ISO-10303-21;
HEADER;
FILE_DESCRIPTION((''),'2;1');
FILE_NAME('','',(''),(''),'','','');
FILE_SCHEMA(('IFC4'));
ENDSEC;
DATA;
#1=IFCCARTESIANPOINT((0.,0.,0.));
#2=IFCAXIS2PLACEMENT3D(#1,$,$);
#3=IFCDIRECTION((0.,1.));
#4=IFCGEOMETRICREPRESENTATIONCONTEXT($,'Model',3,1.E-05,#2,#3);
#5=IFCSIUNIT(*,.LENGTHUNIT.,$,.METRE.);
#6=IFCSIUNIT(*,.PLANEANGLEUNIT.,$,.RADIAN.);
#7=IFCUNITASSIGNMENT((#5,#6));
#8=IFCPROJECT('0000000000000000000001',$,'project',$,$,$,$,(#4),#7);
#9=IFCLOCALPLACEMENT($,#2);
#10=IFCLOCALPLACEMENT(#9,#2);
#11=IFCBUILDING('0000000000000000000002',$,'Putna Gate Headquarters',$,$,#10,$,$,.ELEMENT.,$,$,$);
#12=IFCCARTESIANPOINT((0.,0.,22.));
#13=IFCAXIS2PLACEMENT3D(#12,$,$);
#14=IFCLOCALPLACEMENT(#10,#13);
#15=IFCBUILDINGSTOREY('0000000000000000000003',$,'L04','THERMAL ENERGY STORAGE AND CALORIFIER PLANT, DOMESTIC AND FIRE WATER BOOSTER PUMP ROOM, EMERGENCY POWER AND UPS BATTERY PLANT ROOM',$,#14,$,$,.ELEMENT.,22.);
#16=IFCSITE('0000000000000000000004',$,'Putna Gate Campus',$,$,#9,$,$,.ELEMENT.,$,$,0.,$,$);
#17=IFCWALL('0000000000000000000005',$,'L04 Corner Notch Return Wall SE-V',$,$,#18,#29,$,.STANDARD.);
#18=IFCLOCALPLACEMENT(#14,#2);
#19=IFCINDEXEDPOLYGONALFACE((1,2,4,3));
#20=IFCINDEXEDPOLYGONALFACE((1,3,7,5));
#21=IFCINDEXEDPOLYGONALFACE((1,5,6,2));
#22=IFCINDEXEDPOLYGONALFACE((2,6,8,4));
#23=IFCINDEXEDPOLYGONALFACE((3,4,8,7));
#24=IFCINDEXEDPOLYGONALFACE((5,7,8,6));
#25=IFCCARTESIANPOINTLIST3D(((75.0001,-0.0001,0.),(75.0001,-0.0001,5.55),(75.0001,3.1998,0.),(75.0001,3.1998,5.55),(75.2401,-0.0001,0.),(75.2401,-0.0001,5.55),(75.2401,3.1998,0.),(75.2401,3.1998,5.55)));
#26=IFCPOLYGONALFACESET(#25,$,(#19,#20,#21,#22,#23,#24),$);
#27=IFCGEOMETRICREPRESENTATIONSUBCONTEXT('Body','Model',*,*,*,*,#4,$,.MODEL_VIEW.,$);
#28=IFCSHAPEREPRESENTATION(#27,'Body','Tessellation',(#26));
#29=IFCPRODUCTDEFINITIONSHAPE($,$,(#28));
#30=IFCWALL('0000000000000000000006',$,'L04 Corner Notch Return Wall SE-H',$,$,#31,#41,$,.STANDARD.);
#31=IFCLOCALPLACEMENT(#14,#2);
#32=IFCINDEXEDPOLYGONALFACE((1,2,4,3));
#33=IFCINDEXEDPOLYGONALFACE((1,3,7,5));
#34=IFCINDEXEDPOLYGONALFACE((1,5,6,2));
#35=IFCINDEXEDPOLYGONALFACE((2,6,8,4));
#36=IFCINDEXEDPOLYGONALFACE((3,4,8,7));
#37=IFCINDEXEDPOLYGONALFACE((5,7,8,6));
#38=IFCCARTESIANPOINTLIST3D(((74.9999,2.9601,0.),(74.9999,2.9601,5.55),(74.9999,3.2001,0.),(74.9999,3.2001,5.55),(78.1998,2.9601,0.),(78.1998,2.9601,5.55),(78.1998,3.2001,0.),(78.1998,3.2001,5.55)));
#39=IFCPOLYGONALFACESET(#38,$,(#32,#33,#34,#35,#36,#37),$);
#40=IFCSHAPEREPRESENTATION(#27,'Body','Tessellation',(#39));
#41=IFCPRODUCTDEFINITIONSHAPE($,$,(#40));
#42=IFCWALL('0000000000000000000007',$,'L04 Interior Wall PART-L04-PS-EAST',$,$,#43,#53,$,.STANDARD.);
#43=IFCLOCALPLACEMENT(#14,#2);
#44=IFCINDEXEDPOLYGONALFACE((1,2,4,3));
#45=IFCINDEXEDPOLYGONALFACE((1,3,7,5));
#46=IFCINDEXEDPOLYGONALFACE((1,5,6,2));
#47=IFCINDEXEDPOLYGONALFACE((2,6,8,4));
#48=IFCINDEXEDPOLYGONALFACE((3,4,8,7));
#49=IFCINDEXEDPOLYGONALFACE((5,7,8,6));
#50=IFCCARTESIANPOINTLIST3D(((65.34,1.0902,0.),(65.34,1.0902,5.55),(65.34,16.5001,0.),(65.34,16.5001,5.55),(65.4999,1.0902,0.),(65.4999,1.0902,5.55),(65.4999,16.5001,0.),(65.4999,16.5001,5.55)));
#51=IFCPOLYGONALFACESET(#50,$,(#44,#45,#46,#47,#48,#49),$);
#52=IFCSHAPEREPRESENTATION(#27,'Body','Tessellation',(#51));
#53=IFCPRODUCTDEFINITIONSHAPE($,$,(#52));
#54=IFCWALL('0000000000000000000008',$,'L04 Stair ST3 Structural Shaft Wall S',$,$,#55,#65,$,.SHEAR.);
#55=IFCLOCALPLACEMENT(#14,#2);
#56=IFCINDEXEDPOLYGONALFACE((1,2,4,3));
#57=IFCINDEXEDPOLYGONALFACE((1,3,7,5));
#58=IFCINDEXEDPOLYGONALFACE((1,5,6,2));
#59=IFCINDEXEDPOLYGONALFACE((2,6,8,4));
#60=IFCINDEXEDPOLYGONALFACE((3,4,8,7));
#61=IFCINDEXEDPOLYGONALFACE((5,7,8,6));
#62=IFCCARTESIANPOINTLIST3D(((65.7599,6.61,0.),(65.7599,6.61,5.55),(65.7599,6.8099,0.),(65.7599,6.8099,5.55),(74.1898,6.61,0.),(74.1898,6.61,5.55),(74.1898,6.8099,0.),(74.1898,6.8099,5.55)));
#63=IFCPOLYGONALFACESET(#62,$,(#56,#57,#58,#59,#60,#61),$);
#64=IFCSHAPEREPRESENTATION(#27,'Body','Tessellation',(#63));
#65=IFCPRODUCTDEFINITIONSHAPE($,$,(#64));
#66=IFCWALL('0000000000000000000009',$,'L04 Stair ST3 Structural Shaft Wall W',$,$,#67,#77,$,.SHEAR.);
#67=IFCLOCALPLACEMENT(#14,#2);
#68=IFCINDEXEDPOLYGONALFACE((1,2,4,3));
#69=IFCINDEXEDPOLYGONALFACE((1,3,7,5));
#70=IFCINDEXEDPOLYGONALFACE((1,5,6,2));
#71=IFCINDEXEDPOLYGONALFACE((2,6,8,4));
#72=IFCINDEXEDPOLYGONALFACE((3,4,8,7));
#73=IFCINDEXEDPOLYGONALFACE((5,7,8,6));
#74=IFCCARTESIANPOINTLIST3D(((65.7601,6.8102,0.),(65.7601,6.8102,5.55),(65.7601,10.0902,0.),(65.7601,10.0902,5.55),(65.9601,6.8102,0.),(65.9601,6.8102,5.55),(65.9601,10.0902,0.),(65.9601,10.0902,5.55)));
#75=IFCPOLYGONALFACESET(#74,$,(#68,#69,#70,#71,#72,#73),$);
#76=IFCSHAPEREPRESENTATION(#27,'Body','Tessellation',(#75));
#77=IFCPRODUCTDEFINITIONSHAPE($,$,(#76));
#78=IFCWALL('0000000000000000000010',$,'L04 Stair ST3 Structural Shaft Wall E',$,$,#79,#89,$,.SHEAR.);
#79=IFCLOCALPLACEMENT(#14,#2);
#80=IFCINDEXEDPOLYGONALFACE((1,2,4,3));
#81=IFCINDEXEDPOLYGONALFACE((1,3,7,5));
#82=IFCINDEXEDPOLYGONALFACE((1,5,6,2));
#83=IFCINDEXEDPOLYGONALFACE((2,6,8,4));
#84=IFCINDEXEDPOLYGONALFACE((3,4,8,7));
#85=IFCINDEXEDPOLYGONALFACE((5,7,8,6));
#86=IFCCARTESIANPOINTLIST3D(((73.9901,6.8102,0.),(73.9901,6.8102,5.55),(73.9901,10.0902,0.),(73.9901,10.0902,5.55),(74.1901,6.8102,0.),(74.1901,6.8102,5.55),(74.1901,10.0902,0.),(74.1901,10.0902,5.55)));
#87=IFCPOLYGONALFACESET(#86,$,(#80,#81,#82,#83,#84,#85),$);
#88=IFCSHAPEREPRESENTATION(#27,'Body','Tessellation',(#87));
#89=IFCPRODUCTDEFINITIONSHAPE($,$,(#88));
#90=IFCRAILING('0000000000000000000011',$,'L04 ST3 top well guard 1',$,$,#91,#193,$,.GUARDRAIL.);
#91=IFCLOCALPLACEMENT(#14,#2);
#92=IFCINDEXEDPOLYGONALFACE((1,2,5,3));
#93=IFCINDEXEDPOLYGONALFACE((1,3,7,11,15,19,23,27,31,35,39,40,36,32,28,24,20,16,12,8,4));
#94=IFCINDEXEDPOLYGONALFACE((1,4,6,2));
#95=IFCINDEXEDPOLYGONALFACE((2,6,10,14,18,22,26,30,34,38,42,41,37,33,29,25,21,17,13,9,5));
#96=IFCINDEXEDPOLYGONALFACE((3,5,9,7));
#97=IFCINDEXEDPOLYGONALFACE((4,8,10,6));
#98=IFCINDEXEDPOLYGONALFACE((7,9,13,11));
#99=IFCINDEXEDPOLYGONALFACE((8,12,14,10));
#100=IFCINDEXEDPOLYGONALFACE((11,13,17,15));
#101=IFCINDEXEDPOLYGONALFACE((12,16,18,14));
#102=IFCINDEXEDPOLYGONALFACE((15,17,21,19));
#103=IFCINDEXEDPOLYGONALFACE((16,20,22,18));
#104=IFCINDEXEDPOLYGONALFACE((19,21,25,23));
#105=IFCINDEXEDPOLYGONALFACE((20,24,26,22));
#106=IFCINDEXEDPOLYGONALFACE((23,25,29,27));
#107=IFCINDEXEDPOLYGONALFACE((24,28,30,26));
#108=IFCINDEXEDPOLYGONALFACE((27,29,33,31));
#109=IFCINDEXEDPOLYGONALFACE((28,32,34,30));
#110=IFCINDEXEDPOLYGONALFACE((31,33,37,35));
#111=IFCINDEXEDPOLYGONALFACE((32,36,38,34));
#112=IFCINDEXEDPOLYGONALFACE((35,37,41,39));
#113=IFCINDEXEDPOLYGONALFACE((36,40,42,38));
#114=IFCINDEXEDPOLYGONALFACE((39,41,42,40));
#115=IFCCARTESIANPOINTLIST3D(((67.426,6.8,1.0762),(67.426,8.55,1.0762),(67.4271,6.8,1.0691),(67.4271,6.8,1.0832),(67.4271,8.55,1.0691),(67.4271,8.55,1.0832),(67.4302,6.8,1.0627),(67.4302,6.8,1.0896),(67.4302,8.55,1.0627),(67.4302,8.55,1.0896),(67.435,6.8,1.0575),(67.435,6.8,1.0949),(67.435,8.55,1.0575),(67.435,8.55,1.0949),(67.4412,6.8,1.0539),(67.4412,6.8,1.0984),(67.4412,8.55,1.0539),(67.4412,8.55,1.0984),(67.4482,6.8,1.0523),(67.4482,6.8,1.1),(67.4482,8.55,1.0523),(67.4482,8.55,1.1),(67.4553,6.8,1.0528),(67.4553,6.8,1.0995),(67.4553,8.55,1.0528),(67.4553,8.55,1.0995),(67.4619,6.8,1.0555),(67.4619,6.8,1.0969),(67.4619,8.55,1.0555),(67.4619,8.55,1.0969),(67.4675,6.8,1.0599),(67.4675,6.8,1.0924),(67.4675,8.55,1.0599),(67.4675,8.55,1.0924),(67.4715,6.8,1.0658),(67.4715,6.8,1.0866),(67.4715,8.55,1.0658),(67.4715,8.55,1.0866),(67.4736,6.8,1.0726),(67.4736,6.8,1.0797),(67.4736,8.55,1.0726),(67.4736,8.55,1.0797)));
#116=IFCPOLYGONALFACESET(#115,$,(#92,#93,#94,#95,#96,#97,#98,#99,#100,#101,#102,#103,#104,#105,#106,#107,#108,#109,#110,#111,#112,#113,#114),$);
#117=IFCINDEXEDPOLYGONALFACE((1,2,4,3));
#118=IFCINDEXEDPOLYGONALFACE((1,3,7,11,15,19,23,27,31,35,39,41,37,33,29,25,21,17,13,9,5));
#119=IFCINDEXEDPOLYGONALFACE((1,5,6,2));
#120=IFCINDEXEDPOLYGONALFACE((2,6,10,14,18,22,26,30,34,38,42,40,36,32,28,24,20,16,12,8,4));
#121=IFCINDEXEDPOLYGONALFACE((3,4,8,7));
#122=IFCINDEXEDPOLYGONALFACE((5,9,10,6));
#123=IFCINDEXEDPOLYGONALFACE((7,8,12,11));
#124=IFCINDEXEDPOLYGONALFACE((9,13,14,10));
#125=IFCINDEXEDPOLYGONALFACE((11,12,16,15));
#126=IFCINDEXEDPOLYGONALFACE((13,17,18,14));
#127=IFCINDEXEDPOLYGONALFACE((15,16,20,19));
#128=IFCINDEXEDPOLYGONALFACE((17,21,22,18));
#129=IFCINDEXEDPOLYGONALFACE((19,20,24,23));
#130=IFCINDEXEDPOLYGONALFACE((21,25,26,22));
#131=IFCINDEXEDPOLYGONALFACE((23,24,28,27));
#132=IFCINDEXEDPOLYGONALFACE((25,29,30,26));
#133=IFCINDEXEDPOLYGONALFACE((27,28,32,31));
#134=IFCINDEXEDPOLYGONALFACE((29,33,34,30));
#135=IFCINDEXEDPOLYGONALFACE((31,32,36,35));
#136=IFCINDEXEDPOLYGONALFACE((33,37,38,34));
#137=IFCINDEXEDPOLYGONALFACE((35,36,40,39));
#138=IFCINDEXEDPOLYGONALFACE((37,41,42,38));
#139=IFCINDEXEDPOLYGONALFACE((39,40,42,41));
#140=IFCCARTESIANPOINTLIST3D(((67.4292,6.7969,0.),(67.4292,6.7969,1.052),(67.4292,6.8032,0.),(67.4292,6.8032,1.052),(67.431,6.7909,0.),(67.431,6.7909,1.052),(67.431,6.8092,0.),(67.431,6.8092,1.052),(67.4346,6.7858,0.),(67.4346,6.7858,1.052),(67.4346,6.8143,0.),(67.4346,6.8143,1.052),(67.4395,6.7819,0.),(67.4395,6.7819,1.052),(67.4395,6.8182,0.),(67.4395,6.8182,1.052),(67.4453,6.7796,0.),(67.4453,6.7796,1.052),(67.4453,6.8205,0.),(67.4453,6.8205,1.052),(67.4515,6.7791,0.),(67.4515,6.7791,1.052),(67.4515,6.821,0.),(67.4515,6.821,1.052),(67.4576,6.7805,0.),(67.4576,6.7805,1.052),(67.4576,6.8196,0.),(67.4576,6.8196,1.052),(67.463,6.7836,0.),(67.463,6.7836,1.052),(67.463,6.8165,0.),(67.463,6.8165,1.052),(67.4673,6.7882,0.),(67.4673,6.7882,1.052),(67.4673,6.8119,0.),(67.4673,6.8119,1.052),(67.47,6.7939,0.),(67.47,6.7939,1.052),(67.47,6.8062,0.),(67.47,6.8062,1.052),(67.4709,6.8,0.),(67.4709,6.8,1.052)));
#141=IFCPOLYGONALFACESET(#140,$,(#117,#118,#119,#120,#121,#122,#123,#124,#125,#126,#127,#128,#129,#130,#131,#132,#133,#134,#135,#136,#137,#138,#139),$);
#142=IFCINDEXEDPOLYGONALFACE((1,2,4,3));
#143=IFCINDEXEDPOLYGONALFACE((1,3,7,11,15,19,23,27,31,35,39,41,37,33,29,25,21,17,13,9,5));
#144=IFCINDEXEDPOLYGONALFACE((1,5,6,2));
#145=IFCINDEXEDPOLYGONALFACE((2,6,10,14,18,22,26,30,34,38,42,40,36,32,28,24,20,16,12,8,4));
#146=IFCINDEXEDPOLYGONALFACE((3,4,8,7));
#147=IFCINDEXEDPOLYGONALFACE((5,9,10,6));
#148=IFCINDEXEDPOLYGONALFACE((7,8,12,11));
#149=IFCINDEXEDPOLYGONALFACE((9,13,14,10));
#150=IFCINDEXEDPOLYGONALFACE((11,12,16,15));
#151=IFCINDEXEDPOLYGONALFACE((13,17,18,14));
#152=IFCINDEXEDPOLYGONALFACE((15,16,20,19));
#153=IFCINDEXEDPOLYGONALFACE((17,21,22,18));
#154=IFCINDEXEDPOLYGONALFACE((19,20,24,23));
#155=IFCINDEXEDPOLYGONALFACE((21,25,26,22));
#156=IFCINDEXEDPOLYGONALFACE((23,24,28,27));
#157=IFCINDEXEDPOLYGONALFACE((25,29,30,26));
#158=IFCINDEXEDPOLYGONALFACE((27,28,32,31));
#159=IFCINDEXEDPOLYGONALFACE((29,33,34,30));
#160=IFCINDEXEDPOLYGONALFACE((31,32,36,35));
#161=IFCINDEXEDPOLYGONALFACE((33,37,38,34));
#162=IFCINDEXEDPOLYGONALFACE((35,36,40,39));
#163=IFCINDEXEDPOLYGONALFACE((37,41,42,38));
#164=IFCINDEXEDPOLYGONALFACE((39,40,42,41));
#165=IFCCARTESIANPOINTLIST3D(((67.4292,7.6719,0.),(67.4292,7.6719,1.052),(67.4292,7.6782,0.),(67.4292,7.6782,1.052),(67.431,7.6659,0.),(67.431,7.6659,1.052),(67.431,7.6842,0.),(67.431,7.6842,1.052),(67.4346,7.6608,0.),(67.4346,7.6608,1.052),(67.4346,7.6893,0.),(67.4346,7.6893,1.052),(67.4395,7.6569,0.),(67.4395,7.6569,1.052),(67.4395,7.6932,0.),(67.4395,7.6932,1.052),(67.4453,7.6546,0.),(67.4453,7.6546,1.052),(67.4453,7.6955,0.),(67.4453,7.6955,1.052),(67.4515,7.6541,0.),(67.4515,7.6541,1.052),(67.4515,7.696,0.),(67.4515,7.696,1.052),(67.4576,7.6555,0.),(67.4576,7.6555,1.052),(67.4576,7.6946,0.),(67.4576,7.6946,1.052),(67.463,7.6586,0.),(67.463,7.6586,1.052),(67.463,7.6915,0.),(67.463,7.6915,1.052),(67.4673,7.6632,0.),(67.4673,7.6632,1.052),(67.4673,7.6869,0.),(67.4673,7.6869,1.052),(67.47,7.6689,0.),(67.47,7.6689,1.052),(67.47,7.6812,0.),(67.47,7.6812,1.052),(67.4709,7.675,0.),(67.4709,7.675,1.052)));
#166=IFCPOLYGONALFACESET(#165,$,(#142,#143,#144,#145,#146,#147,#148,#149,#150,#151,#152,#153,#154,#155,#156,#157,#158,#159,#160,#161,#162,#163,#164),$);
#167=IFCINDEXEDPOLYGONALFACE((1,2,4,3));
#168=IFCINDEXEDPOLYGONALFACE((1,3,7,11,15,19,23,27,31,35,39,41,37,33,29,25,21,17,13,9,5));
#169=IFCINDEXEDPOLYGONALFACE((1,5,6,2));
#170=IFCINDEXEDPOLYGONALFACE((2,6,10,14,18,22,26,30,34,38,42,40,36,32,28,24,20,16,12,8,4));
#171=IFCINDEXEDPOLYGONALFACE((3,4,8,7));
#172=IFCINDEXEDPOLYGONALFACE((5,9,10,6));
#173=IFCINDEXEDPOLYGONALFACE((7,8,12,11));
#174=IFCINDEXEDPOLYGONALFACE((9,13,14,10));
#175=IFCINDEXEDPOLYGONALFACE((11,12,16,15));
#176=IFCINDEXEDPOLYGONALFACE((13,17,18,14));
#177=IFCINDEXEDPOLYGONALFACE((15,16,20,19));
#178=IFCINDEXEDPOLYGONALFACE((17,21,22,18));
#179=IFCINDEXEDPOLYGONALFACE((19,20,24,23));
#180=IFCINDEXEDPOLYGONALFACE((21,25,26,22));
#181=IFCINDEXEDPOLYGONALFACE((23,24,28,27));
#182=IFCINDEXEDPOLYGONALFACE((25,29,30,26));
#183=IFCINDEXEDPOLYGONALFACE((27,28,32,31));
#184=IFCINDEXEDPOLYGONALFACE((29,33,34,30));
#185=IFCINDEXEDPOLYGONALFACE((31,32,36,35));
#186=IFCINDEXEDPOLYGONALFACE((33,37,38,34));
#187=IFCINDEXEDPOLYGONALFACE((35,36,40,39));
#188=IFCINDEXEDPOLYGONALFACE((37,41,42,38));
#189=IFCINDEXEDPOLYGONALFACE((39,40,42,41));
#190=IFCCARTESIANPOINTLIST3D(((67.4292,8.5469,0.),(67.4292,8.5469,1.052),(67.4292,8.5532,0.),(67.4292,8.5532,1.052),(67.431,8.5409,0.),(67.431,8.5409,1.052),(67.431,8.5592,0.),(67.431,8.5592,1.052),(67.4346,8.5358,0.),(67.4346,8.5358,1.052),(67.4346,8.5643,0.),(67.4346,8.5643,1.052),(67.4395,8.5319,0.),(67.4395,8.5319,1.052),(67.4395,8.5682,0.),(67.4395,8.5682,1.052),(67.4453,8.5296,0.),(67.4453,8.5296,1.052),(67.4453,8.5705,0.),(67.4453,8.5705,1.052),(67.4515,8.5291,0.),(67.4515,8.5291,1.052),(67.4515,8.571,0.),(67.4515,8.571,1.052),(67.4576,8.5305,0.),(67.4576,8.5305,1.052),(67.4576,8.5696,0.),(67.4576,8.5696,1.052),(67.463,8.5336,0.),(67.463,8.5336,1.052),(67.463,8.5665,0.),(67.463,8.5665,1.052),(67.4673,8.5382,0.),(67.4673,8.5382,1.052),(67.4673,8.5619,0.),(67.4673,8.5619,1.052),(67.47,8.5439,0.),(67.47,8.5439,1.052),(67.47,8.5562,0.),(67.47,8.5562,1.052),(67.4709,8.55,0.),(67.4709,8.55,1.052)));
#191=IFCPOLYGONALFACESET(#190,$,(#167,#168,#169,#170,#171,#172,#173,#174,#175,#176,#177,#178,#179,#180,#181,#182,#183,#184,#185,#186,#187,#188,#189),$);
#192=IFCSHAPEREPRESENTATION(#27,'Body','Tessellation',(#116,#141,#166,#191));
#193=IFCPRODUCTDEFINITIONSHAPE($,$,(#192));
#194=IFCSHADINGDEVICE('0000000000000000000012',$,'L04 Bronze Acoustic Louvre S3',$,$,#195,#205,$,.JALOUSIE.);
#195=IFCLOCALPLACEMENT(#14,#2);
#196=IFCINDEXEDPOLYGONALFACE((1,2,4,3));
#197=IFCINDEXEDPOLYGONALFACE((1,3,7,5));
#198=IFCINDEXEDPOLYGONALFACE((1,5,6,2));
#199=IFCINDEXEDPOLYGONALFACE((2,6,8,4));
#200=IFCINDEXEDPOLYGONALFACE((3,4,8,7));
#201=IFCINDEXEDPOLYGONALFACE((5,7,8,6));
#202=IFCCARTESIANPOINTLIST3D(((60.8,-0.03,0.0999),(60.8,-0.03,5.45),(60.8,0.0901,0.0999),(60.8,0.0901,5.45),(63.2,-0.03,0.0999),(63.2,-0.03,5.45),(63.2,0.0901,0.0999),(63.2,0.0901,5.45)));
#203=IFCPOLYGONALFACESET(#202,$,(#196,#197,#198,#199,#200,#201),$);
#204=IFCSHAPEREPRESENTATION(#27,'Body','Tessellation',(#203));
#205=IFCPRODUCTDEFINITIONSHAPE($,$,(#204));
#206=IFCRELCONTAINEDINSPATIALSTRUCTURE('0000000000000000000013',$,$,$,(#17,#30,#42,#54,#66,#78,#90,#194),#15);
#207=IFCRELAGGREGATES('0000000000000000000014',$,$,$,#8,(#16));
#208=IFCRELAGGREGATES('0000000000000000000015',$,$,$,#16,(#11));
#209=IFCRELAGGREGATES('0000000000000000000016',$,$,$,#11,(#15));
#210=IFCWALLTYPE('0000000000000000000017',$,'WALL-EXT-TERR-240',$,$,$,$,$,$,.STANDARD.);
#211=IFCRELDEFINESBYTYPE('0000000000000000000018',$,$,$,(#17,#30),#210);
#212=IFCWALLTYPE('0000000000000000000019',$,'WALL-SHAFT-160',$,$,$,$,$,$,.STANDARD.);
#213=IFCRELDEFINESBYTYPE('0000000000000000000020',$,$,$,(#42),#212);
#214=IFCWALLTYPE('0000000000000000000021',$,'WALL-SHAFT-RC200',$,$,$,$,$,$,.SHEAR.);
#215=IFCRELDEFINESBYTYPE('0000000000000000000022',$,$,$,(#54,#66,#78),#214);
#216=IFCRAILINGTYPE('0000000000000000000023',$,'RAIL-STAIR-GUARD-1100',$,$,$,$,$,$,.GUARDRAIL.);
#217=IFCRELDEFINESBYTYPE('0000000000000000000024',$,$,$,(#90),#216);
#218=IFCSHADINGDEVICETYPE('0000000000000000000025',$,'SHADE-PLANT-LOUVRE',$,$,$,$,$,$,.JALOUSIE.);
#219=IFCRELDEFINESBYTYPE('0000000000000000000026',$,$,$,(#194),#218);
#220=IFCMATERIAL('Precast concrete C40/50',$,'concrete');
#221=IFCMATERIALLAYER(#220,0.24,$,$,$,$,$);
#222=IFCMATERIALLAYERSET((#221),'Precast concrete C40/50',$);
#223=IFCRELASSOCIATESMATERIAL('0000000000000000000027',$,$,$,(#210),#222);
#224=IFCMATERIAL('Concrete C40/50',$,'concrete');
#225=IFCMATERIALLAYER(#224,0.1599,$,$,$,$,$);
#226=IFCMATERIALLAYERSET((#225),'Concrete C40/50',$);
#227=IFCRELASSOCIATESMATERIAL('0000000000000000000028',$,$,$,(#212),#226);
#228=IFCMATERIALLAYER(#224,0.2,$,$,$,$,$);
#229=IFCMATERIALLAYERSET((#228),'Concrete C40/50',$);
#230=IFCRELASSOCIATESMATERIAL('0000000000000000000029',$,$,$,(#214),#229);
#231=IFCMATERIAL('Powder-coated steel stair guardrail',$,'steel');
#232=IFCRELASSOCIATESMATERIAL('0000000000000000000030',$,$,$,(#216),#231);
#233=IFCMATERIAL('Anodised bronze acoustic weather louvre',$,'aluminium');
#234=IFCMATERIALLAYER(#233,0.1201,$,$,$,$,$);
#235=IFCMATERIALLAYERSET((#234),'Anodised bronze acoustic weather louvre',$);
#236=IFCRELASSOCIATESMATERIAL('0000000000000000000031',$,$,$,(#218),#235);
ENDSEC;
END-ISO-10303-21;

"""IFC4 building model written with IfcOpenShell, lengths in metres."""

from ifc_helpers import new_model, si_unit, direction, frame, frame_2d, origin, origin_2d, place, context, subcontext, project, spatial, rectangle, circle, extrude, material, layer, layer_set, type_object, element, save


model = new_model("IFC4")

# Units and contexts
model_context = context("Model", 3, precision=1e-05, world=origin(), true_north=direction((0.0, 1.0)))
body_context = subcontext(model_context, "Body", "Model", "MODEL_VIEW")
ifc_project = project(units=[si_unit("LENGTHUNIT", "METRE"), si_unit("PLANEANGLEUNIT", "RADIAN")], contexts=[model_context])

# Site, building, storey
site_placement = place(None, origin())
site = spatial("IfcSite", under=ifc_project, at=site_placement, Name="Putna Gate Campus", CompositionType="ELEMENT", RefElevation=0.0)
building_placement = place(site_placement, origin())
building = spatial("IfcBuilding", under=site, at=building_placement, Name="Putna Gate Headquarters", CompositionType="ELEMENT")
storey_placement = place(building_placement, frame((0.0, 0.0, 22.0)))
storey = spatial("IfcBuildingStorey", under=building, at=storey_placement, Name="L04", Description="THERMAL ENERGY STORAGE AND CALORIFIER PLANT, DOMESTIC AND FIRE WATER BOOSTER PUMP ROOM, EMERGENCY POWER AND UPS BATTERY PLANT ROOM", CompositionType="ELEMENT", Elevation=22.0)

# Walls
ifc_material_1 = material(Name="Precast concrete C40/50", Category="concrete")
ifc_layer_1 = layer(ifc_material_1, 0.24)
ifc_layer_set_1 = layer_set([ifc_layer_1], Name="Precast concrete C40/50")
wall_type_1 = type_object("IfcWallType", Name="WALL-EXT-TERR-240", PredefinedType="STANDARD", material=ifc_layer_set_1)
for number, where, z_axis, x_axis, name in (
    (1, (75.1201, 3.2, 0.0), (0.0, 0.0, 1.0), (0.0, -1.0, 0.0), "L04 Corner Notch Return Wall SE-V"),
    (2, (78.2, 3.0801, 0.0), (0.0, 0.0, 1.0), (-1.0, 0.0, 0.0), "L04 Corner Notch Return Wall SE-H"),
):
    element("IfcWall", number, at=place(storey_placement, frame(where, z_axis=z_axis, x_axis=x_axis)), inside=storey, type_object=wall_type_1, Name=name, PredefinedType="STANDARD", context=body_context, shape_type="SweptSolid", body=[
        extrude(rectangle(XDim=3.2, YDim=0.24, at=frame_2d((1.6001, 0.0))), origin(), (0.0, 0.0, 1.0), 5.55),
    ])
ifc_material_2 = material(Name="Concrete C40/50", Category="concrete")
ifc_layer_2 = layer(ifc_material_2, 0.1599)
ifc_layer_set_2 = layer_set([ifc_layer_2], Name="Concrete C40/50")
wall_type_2 = type_object("IfcWallType", Name="WALL-SHAFT-160", PredefinedType="STANDARD", material=ifc_layer_set_2)
wall_1_placement = place(storey_placement, frame((65.4199, 1.0901, 0.0), z_axis=(0.0, 0.0, 1.0), x_axis=(0.0, 1.0, 0.0)))
element("IfcWall", 3, at=wall_1_placement, inside=storey, type_object=wall_type_2, Name="L04 Interior Wall PART-L04-PS-EAST", PredefinedType="STANDARD", context=body_context, shape_type="SweptSolid", body=[
    extrude(rectangle(XDim=15.4099, YDim=0.1599, at=frame_2d((7.7051, 0.0))), origin(), (0.0, 0.0, 1.0), 5.55),
])
ifc_layer_3 = layer(ifc_material_2, 0.2)
ifc_layer_set_3 = layer_set([ifc_layer_3], Name="Concrete C40/50")
wall_type_3 = type_object("IfcWallType", Name="WALL-SHAFT-RC200", PredefinedType="SHEAR", material=ifc_layer_set_3)
wall_2_placement = place(storey_placement, frame((65.76, 6.71, 0.0), z_axis=(0.0, 0.0, 1.0), x_axis=(1.0, 0.0, 0.0)))
element("IfcWall", 4, at=wall_2_placement, inside=storey, type_object=wall_type_3, Name="L04 Stair ST3 Structural Shaft Wall S", PredefinedType="SHEAR", context=body_context, shape_type="SweptSolid", body=[
    extrude(rectangle(XDim=8.4299, YDim=0.2, at=frame_2d((4.2148, 0.0))), origin(), (0.0, 0.0, 1.0), 5.55),
])
for number, where, z_axis, x_axis, name in (
    (5, (65.8601, 6.8101, 0.0), (0.0, 0.0, 1.0), (0.0, 1.0, 0.0), "L04 Stair ST3 Structural Shaft Wall W"),
    (6, (74.0901, 6.8101, 0.0), (0.0, 0.0, 1.0), (0.0, 1.0, 0.0), "L04 Stair ST3 Structural Shaft Wall E"),
):
    element("IfcWall", number, at=place(storey_placement, frame(where, z_axis=z_axis, x_axis=x_axis)), inside=storey, type_object=wall_type_3, Name=name, PredefinedType="SHEAR", context=body_context, shape_type="SweptSolid", body=[
        extrude(rectangle(XDim=3.28, YDim=0.2, at=frame_2d((1.6401, 0.0))), origin(), (0.0, 0.0, 1.0), 5.55),
    ])

# Railing
ifc_material_3 = material(Name="Powder-coated steel stair guardrail", Category="steel")
railing_type = type_object("IfcRailingType", Name="RAIL-STAIR-GUARD-1100", PredefinedType="GUARDRAIL", material=ifc_material_3)
railing_placement = place(storey_placement, frame((67.45, 6.8, 0.0)))
element("IfcRailing", 7, at=railing_placement, inside=storey, type_object=railing_type, Name="L04 ST3 top well guard 1", PredefinedType="GUARDRAIL", context=body_context, shape_type="SweptSolid", body=[
    extrude(circle(Radius=0.0239, at=origin_2d()), frame((0.0, 0.0, 1.0762), z_axis=(0.0, 1.0, 0.0), x_axis=(-1.0, 0.0, 0.0)), (0.0, 0.0, 1.0), 1.75),
    extrude(circle(Radius=0.021, at=origin_2d()), origin(), (0.0, 0.0, 1.0), 1.052),
    extrude(circle(Radius=0.021, at=origin_2d()), frame((0.0, 0.875, 0.0)), (0.0, 0.0, 1.0), 1.052),
    extrude(circle(Radius=0.021, at=origin_2d()), frame((0.0, 1.75, 0.0)), (0.0, 0.0, 1.0), 1.052),
])

# Shading device
ifc_material_4 = material(Name="Anodised bronze acoustic weather louvre", Category="aluminium")
ifc_layer_4 = layer(ifc_material_4, 0.1201)
ifc_layer_set_4 = layer_set([ifc_layer_4], Name="Anodised bronze acoustic weather louvre")
shading_device_type = type_object("IfcShadingDeviceType", Name="SHADE-PLANT-LOUVRE", PredefinedType="JALOUSIE", material=ifc_layer_set_4)
shading_device_placement = place(storey_placement, frame((62.0, 0.03, 0.0999), z_axis=(0.0, 0.0, 1.0), x_axis=(1.0, 0.0, 0.0)))
element("IfcShadingDevice", 8, at=shading_device_placement, inside=storey, type_object=shading_device_type, Name="L04 Bronze Acoustic Louvre S3", PredefinedType="JALOUSIE", context=body_context, shape_type="SweptSolid", body=[
    extrude(rectangle(XDim=2.3999, YDim=0.1201, at=origin_2d()), origin(), (0.0, 0.0, 1.0), 5.3501),
])

save(model, "model.ifc")
